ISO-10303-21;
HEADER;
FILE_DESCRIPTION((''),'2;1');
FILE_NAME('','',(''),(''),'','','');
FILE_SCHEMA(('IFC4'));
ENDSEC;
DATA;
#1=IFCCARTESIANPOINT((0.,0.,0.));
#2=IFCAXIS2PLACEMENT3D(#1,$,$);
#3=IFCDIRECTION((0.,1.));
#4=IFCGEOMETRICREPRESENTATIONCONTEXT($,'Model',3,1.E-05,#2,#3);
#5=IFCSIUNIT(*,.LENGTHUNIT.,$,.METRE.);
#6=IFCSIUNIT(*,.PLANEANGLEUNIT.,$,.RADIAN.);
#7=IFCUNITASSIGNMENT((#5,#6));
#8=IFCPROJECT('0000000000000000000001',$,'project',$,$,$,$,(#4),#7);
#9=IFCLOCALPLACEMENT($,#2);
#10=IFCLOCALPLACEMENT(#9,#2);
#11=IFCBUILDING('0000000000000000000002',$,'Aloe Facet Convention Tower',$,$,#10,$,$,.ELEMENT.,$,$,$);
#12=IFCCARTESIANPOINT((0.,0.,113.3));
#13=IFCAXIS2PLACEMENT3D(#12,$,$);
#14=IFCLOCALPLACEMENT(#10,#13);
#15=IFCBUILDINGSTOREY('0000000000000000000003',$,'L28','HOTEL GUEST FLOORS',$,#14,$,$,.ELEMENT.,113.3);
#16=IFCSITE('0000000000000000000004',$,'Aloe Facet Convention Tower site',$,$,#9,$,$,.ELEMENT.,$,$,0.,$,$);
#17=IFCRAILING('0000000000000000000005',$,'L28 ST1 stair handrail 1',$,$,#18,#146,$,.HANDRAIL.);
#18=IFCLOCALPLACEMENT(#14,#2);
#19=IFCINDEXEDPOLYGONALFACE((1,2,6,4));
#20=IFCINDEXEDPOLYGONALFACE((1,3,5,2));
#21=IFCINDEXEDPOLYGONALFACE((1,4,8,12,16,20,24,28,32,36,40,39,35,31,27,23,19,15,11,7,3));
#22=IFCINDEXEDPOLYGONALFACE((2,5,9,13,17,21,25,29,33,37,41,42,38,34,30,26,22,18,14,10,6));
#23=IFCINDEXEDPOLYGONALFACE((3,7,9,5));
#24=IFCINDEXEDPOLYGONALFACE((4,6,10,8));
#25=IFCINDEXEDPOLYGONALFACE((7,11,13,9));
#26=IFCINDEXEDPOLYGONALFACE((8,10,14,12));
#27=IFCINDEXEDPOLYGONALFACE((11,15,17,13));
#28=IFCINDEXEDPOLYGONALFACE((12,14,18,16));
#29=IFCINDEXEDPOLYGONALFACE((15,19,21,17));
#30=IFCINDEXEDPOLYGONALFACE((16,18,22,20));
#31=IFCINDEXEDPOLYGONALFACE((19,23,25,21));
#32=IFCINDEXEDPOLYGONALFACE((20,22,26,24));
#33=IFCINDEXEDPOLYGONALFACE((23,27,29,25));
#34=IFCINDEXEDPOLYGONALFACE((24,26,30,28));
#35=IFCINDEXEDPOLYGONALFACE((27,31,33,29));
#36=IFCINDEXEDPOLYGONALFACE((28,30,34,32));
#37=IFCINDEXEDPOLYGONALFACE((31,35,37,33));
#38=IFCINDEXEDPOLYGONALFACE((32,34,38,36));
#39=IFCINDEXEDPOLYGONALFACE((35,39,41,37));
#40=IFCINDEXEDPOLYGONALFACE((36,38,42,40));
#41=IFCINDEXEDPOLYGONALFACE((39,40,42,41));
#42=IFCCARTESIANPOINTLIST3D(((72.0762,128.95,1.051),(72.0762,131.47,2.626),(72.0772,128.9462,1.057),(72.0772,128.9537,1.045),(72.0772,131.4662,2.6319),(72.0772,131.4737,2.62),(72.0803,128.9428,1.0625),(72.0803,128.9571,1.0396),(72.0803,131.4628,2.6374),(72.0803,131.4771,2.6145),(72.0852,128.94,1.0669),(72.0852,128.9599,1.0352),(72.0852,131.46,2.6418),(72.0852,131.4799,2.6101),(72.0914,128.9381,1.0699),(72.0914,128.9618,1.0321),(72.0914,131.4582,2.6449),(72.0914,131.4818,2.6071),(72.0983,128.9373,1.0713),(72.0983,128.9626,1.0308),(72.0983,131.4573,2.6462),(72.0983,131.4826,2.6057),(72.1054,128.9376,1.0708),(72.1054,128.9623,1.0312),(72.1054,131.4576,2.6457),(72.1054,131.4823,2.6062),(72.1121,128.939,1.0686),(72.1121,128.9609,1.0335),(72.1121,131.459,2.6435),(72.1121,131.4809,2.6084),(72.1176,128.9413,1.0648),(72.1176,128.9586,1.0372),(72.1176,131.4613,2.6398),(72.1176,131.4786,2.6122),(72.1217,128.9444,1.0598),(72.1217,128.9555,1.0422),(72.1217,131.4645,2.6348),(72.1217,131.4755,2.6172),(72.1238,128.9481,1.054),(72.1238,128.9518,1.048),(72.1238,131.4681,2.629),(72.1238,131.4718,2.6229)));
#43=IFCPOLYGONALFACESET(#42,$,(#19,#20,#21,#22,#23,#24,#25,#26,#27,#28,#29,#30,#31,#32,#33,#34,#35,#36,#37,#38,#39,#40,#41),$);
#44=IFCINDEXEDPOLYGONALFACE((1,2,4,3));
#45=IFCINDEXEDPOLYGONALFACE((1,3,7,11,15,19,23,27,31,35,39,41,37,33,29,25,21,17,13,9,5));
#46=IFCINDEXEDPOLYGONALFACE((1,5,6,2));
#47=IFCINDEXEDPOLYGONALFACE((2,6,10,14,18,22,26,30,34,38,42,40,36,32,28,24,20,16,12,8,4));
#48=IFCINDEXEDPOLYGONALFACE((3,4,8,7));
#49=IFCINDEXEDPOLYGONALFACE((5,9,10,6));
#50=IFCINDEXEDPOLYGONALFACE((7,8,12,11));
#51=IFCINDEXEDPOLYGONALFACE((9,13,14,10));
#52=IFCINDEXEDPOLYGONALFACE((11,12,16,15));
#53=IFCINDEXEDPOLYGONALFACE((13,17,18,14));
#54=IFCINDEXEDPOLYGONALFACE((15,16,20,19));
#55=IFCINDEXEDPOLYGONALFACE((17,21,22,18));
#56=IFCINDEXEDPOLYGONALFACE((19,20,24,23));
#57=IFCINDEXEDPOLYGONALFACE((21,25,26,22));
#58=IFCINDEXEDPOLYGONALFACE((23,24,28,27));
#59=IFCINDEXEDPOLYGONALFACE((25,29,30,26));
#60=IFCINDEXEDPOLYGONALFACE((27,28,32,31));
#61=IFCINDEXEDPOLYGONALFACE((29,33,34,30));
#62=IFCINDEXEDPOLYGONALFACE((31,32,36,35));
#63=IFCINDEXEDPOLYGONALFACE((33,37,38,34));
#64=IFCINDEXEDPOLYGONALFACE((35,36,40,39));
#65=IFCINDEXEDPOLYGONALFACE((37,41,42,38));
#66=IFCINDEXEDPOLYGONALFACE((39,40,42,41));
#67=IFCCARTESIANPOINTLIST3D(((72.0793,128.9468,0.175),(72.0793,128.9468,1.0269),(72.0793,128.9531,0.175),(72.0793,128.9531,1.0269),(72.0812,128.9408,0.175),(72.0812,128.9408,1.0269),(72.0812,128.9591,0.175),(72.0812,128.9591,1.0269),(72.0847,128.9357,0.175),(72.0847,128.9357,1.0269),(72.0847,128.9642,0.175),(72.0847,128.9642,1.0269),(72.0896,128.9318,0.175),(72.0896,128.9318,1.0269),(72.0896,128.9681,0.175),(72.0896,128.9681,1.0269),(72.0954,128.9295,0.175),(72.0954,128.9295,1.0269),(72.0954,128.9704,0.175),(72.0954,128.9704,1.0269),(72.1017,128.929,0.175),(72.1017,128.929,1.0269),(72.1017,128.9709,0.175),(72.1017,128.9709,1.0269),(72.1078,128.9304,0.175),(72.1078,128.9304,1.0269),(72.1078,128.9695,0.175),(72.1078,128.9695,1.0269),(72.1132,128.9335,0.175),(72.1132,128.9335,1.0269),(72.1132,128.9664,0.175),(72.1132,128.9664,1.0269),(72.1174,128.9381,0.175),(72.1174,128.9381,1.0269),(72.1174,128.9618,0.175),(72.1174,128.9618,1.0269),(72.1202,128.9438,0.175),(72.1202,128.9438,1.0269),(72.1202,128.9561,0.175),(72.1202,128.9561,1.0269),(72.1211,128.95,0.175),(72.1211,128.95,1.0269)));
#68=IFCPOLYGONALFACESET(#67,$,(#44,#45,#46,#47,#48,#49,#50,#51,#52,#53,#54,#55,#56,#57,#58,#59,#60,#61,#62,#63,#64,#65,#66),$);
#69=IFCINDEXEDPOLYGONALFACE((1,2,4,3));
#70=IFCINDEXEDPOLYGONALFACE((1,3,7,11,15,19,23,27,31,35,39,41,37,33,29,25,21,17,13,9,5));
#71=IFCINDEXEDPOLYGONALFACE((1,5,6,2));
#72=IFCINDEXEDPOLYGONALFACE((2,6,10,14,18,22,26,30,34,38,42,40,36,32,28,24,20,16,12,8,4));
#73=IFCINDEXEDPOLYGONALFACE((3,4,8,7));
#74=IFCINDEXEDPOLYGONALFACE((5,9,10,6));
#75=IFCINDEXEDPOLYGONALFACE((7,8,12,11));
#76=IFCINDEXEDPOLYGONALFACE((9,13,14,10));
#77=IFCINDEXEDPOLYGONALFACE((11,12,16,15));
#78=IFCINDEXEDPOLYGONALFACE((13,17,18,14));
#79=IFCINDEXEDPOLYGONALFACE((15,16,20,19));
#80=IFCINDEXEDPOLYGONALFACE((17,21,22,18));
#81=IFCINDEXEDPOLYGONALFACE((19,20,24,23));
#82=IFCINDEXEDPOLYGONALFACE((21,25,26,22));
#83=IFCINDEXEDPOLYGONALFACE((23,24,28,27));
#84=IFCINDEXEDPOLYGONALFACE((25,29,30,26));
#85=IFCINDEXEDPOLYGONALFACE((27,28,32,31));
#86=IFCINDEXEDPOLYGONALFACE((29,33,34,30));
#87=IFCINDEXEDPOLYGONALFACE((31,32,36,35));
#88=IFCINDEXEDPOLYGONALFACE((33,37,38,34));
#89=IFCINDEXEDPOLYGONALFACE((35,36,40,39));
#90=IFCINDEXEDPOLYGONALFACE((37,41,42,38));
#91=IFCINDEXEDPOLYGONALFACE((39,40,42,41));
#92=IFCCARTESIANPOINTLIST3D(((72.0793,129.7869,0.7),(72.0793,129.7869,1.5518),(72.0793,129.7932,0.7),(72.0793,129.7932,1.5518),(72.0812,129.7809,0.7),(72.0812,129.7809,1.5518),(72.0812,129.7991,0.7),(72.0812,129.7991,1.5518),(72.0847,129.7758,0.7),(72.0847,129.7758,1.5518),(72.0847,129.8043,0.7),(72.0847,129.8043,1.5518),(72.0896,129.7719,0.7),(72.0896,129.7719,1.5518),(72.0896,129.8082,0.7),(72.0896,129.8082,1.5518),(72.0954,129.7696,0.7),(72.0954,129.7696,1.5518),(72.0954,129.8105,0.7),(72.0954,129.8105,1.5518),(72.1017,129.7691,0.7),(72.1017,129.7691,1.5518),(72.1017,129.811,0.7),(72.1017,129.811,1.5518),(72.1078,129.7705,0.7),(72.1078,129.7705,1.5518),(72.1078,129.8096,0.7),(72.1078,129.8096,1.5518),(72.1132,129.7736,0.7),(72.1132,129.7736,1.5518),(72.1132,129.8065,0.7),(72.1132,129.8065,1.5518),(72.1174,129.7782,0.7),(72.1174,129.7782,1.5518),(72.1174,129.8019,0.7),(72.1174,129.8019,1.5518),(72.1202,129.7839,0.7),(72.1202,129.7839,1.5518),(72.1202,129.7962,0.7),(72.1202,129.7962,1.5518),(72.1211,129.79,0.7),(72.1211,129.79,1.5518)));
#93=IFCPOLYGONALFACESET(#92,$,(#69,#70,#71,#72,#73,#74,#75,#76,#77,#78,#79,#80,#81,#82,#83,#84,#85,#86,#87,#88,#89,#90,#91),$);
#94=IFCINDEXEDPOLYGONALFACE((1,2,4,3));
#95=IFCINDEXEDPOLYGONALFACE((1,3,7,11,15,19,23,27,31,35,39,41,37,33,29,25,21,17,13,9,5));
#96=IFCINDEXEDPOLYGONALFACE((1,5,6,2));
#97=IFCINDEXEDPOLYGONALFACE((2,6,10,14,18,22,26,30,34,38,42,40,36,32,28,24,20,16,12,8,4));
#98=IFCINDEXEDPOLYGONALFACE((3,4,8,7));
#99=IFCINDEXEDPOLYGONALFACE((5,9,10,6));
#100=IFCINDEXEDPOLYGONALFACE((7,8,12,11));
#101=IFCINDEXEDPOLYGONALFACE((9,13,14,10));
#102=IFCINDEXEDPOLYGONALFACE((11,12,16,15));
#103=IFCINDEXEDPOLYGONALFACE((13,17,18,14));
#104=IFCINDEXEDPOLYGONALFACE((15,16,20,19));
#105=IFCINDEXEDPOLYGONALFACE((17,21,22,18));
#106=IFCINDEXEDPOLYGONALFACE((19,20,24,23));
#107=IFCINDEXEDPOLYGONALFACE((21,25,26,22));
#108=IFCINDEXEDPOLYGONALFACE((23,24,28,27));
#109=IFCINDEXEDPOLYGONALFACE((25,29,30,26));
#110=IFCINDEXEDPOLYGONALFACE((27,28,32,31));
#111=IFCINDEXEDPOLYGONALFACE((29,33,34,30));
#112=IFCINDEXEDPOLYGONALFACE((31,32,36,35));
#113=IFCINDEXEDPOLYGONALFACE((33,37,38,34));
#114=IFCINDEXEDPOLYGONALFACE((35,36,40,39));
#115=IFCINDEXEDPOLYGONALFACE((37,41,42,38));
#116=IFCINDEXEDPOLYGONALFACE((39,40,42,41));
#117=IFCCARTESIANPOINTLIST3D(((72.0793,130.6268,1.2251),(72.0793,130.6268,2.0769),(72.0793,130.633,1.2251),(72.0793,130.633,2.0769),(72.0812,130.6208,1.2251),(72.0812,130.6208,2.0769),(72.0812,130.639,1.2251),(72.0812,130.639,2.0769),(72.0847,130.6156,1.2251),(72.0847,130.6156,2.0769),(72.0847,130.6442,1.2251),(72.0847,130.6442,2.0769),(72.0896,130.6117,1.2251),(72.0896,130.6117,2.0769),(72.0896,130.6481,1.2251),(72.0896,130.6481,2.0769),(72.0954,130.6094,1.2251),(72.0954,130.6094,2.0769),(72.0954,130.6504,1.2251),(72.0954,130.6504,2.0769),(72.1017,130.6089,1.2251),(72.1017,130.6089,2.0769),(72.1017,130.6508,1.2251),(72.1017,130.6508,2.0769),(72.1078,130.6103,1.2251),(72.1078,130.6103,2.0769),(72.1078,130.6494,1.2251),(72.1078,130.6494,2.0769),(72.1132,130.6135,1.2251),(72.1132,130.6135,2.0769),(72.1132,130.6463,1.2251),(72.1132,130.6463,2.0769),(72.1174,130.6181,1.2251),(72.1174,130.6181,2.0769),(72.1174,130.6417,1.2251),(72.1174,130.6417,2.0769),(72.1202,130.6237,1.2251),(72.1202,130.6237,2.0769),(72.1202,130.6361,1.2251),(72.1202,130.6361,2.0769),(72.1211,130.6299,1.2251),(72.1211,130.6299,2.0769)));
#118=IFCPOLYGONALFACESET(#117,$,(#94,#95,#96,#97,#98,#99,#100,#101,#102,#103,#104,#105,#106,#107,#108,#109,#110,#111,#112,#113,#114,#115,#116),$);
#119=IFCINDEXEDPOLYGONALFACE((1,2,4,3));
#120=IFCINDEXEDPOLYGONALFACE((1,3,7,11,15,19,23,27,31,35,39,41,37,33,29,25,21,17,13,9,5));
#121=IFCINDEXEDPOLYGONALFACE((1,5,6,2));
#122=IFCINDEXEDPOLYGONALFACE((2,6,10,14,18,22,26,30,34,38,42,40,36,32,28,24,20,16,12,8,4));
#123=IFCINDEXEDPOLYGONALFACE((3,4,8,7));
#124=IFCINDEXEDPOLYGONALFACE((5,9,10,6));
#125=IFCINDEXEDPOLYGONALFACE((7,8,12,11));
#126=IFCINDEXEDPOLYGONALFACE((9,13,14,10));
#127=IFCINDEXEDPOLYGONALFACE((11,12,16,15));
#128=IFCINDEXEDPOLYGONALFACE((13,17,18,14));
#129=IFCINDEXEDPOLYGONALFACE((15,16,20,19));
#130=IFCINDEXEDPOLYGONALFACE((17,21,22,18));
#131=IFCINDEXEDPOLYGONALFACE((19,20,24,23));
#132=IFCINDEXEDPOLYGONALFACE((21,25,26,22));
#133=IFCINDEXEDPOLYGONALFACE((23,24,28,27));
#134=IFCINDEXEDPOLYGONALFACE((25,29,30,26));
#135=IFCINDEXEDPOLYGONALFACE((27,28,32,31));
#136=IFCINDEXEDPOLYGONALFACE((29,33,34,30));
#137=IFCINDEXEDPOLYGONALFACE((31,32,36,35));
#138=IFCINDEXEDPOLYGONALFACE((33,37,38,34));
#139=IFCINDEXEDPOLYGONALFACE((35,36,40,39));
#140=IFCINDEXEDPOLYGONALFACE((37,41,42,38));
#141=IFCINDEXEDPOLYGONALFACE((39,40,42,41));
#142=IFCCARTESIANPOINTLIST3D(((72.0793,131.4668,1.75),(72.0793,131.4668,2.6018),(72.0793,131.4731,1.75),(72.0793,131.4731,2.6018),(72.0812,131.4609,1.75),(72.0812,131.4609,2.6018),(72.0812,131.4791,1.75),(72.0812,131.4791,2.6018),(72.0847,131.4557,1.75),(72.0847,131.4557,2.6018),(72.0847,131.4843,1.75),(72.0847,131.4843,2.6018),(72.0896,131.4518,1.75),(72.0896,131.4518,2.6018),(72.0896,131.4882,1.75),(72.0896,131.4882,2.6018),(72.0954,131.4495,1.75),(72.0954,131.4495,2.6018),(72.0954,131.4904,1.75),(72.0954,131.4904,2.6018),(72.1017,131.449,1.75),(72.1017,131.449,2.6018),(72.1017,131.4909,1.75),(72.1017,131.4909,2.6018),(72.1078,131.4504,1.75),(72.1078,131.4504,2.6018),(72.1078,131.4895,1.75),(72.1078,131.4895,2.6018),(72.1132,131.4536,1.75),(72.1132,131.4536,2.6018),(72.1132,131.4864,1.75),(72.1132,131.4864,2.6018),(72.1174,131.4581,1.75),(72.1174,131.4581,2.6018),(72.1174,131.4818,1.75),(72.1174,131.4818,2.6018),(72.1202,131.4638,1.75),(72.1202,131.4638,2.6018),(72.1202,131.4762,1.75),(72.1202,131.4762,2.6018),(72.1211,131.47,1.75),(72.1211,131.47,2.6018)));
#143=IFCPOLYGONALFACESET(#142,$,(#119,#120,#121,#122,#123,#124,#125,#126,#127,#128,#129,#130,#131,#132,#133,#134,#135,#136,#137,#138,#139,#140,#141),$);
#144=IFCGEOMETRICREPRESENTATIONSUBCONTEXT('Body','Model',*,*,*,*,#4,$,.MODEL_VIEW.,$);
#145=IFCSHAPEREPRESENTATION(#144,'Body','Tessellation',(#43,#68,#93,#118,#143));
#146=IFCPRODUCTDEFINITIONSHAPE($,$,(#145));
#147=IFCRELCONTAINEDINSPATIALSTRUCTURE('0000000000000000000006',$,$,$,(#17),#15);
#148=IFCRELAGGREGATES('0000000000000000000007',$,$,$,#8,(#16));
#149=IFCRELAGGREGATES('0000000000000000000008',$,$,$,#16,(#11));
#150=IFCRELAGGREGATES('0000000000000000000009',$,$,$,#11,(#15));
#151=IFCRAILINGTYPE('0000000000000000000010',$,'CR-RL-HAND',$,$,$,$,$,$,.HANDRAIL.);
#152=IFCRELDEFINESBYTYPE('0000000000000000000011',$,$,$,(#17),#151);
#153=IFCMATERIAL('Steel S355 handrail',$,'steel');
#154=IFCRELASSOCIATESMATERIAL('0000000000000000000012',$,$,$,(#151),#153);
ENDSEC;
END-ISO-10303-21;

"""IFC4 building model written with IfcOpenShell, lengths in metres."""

from ifc_helpers import new_model, si_unit, direction, frame, origin, origin_2d, place, context, subcontext, project, spatial, circle, extrude, material, type_object, element, save


model = new_model("IFC4")

# Units and contexts
model_context = context("Model", 3, precision=1e-05, world=origin(), true_north=direction((0.0, 1.0)))
body_context = subcontext(model_context, "Body", "Model", "MODEL_VIEW")
ifc_project = project(units=[si_unit("LENGTHUNIT", "METRE"), si_unit("PLANEANGLEUNIT", "RADIAN")], contexts=[model_context])

# Site, building, storey
site_placement = place(None, origin())
site = spatial("IfcSite", under=ifc_project, at=site_placement, Name="Aloe Facet Convention Tower site", CompositionType="ELEMENT", RefElevation=0.0)
building_placement = place(site_placement, origin())
building = spatial("IfcBuilding", under=site, at=building_placement, Name="Aloe Facet Convention Tower", CompositionType="ELEMENT")
storey_placement = place(building_placement, frame((0.0, 0.0, 113.3)))
storey = spatial("IfcBuildingStorey", under=building, at=storey_placement, Name="L28", Description="HOTEL GUEST FLOORS", CompositionType="ELEMENT", Elevation=113.3)

# Railing
ifc_material_1 = material(Name="Steel S355 handrail", Category="steel")
railing_type_1 = type_object("IfcRailingType", Name="CR-RL-HAND", PredefinedType="HANDRAIL", material=ifc_material_1)
railing_1_placement = place(storey_placement, frame((72.1001, 128.95, 0.175)))
element("IfcRailing", 1, at=railing_1_placement, inside=storey, type_object=railing_type_1, Name="L28 ST1 stair handrail 1", PredefinedType="HANDRAIL", context=body_context, shape_type="SweptSolid", body=[
    extrude(circle(Radius=0.0239, at=origin_2d()), frame((0.0, 0.0, 0.876), z_axis=(0.0, 0.848008, 0.529984), x_axis=(-1.0, 0.0, 0.0)), (0.0, 0.0, 1.0), 2.9717),
    extrude(circle(Radius=0.021, at=origin_2d()), origin(), (0.0, 0.0, 1.0), 0.8518),
    extrude(circle(Radius=0.021, at=origin_2d()), frame((0.0, 0.8401, 0.5249)), (0.0, 0.0, 1.0), 0.8518),
    extrude(circle(Radius=0.021, at=origin_2d()), frame((0.0, 1.6799, 1.05)), (0.0, 0.0, 1.0), 0.8518),
    extrude(circle(Radius=0.021, at=origin_2d()), frame((0.0, 2.52, 1.575)), (0.0, 0.0, 1.0), 0.8518),
])

save(model, "model.ifc")
